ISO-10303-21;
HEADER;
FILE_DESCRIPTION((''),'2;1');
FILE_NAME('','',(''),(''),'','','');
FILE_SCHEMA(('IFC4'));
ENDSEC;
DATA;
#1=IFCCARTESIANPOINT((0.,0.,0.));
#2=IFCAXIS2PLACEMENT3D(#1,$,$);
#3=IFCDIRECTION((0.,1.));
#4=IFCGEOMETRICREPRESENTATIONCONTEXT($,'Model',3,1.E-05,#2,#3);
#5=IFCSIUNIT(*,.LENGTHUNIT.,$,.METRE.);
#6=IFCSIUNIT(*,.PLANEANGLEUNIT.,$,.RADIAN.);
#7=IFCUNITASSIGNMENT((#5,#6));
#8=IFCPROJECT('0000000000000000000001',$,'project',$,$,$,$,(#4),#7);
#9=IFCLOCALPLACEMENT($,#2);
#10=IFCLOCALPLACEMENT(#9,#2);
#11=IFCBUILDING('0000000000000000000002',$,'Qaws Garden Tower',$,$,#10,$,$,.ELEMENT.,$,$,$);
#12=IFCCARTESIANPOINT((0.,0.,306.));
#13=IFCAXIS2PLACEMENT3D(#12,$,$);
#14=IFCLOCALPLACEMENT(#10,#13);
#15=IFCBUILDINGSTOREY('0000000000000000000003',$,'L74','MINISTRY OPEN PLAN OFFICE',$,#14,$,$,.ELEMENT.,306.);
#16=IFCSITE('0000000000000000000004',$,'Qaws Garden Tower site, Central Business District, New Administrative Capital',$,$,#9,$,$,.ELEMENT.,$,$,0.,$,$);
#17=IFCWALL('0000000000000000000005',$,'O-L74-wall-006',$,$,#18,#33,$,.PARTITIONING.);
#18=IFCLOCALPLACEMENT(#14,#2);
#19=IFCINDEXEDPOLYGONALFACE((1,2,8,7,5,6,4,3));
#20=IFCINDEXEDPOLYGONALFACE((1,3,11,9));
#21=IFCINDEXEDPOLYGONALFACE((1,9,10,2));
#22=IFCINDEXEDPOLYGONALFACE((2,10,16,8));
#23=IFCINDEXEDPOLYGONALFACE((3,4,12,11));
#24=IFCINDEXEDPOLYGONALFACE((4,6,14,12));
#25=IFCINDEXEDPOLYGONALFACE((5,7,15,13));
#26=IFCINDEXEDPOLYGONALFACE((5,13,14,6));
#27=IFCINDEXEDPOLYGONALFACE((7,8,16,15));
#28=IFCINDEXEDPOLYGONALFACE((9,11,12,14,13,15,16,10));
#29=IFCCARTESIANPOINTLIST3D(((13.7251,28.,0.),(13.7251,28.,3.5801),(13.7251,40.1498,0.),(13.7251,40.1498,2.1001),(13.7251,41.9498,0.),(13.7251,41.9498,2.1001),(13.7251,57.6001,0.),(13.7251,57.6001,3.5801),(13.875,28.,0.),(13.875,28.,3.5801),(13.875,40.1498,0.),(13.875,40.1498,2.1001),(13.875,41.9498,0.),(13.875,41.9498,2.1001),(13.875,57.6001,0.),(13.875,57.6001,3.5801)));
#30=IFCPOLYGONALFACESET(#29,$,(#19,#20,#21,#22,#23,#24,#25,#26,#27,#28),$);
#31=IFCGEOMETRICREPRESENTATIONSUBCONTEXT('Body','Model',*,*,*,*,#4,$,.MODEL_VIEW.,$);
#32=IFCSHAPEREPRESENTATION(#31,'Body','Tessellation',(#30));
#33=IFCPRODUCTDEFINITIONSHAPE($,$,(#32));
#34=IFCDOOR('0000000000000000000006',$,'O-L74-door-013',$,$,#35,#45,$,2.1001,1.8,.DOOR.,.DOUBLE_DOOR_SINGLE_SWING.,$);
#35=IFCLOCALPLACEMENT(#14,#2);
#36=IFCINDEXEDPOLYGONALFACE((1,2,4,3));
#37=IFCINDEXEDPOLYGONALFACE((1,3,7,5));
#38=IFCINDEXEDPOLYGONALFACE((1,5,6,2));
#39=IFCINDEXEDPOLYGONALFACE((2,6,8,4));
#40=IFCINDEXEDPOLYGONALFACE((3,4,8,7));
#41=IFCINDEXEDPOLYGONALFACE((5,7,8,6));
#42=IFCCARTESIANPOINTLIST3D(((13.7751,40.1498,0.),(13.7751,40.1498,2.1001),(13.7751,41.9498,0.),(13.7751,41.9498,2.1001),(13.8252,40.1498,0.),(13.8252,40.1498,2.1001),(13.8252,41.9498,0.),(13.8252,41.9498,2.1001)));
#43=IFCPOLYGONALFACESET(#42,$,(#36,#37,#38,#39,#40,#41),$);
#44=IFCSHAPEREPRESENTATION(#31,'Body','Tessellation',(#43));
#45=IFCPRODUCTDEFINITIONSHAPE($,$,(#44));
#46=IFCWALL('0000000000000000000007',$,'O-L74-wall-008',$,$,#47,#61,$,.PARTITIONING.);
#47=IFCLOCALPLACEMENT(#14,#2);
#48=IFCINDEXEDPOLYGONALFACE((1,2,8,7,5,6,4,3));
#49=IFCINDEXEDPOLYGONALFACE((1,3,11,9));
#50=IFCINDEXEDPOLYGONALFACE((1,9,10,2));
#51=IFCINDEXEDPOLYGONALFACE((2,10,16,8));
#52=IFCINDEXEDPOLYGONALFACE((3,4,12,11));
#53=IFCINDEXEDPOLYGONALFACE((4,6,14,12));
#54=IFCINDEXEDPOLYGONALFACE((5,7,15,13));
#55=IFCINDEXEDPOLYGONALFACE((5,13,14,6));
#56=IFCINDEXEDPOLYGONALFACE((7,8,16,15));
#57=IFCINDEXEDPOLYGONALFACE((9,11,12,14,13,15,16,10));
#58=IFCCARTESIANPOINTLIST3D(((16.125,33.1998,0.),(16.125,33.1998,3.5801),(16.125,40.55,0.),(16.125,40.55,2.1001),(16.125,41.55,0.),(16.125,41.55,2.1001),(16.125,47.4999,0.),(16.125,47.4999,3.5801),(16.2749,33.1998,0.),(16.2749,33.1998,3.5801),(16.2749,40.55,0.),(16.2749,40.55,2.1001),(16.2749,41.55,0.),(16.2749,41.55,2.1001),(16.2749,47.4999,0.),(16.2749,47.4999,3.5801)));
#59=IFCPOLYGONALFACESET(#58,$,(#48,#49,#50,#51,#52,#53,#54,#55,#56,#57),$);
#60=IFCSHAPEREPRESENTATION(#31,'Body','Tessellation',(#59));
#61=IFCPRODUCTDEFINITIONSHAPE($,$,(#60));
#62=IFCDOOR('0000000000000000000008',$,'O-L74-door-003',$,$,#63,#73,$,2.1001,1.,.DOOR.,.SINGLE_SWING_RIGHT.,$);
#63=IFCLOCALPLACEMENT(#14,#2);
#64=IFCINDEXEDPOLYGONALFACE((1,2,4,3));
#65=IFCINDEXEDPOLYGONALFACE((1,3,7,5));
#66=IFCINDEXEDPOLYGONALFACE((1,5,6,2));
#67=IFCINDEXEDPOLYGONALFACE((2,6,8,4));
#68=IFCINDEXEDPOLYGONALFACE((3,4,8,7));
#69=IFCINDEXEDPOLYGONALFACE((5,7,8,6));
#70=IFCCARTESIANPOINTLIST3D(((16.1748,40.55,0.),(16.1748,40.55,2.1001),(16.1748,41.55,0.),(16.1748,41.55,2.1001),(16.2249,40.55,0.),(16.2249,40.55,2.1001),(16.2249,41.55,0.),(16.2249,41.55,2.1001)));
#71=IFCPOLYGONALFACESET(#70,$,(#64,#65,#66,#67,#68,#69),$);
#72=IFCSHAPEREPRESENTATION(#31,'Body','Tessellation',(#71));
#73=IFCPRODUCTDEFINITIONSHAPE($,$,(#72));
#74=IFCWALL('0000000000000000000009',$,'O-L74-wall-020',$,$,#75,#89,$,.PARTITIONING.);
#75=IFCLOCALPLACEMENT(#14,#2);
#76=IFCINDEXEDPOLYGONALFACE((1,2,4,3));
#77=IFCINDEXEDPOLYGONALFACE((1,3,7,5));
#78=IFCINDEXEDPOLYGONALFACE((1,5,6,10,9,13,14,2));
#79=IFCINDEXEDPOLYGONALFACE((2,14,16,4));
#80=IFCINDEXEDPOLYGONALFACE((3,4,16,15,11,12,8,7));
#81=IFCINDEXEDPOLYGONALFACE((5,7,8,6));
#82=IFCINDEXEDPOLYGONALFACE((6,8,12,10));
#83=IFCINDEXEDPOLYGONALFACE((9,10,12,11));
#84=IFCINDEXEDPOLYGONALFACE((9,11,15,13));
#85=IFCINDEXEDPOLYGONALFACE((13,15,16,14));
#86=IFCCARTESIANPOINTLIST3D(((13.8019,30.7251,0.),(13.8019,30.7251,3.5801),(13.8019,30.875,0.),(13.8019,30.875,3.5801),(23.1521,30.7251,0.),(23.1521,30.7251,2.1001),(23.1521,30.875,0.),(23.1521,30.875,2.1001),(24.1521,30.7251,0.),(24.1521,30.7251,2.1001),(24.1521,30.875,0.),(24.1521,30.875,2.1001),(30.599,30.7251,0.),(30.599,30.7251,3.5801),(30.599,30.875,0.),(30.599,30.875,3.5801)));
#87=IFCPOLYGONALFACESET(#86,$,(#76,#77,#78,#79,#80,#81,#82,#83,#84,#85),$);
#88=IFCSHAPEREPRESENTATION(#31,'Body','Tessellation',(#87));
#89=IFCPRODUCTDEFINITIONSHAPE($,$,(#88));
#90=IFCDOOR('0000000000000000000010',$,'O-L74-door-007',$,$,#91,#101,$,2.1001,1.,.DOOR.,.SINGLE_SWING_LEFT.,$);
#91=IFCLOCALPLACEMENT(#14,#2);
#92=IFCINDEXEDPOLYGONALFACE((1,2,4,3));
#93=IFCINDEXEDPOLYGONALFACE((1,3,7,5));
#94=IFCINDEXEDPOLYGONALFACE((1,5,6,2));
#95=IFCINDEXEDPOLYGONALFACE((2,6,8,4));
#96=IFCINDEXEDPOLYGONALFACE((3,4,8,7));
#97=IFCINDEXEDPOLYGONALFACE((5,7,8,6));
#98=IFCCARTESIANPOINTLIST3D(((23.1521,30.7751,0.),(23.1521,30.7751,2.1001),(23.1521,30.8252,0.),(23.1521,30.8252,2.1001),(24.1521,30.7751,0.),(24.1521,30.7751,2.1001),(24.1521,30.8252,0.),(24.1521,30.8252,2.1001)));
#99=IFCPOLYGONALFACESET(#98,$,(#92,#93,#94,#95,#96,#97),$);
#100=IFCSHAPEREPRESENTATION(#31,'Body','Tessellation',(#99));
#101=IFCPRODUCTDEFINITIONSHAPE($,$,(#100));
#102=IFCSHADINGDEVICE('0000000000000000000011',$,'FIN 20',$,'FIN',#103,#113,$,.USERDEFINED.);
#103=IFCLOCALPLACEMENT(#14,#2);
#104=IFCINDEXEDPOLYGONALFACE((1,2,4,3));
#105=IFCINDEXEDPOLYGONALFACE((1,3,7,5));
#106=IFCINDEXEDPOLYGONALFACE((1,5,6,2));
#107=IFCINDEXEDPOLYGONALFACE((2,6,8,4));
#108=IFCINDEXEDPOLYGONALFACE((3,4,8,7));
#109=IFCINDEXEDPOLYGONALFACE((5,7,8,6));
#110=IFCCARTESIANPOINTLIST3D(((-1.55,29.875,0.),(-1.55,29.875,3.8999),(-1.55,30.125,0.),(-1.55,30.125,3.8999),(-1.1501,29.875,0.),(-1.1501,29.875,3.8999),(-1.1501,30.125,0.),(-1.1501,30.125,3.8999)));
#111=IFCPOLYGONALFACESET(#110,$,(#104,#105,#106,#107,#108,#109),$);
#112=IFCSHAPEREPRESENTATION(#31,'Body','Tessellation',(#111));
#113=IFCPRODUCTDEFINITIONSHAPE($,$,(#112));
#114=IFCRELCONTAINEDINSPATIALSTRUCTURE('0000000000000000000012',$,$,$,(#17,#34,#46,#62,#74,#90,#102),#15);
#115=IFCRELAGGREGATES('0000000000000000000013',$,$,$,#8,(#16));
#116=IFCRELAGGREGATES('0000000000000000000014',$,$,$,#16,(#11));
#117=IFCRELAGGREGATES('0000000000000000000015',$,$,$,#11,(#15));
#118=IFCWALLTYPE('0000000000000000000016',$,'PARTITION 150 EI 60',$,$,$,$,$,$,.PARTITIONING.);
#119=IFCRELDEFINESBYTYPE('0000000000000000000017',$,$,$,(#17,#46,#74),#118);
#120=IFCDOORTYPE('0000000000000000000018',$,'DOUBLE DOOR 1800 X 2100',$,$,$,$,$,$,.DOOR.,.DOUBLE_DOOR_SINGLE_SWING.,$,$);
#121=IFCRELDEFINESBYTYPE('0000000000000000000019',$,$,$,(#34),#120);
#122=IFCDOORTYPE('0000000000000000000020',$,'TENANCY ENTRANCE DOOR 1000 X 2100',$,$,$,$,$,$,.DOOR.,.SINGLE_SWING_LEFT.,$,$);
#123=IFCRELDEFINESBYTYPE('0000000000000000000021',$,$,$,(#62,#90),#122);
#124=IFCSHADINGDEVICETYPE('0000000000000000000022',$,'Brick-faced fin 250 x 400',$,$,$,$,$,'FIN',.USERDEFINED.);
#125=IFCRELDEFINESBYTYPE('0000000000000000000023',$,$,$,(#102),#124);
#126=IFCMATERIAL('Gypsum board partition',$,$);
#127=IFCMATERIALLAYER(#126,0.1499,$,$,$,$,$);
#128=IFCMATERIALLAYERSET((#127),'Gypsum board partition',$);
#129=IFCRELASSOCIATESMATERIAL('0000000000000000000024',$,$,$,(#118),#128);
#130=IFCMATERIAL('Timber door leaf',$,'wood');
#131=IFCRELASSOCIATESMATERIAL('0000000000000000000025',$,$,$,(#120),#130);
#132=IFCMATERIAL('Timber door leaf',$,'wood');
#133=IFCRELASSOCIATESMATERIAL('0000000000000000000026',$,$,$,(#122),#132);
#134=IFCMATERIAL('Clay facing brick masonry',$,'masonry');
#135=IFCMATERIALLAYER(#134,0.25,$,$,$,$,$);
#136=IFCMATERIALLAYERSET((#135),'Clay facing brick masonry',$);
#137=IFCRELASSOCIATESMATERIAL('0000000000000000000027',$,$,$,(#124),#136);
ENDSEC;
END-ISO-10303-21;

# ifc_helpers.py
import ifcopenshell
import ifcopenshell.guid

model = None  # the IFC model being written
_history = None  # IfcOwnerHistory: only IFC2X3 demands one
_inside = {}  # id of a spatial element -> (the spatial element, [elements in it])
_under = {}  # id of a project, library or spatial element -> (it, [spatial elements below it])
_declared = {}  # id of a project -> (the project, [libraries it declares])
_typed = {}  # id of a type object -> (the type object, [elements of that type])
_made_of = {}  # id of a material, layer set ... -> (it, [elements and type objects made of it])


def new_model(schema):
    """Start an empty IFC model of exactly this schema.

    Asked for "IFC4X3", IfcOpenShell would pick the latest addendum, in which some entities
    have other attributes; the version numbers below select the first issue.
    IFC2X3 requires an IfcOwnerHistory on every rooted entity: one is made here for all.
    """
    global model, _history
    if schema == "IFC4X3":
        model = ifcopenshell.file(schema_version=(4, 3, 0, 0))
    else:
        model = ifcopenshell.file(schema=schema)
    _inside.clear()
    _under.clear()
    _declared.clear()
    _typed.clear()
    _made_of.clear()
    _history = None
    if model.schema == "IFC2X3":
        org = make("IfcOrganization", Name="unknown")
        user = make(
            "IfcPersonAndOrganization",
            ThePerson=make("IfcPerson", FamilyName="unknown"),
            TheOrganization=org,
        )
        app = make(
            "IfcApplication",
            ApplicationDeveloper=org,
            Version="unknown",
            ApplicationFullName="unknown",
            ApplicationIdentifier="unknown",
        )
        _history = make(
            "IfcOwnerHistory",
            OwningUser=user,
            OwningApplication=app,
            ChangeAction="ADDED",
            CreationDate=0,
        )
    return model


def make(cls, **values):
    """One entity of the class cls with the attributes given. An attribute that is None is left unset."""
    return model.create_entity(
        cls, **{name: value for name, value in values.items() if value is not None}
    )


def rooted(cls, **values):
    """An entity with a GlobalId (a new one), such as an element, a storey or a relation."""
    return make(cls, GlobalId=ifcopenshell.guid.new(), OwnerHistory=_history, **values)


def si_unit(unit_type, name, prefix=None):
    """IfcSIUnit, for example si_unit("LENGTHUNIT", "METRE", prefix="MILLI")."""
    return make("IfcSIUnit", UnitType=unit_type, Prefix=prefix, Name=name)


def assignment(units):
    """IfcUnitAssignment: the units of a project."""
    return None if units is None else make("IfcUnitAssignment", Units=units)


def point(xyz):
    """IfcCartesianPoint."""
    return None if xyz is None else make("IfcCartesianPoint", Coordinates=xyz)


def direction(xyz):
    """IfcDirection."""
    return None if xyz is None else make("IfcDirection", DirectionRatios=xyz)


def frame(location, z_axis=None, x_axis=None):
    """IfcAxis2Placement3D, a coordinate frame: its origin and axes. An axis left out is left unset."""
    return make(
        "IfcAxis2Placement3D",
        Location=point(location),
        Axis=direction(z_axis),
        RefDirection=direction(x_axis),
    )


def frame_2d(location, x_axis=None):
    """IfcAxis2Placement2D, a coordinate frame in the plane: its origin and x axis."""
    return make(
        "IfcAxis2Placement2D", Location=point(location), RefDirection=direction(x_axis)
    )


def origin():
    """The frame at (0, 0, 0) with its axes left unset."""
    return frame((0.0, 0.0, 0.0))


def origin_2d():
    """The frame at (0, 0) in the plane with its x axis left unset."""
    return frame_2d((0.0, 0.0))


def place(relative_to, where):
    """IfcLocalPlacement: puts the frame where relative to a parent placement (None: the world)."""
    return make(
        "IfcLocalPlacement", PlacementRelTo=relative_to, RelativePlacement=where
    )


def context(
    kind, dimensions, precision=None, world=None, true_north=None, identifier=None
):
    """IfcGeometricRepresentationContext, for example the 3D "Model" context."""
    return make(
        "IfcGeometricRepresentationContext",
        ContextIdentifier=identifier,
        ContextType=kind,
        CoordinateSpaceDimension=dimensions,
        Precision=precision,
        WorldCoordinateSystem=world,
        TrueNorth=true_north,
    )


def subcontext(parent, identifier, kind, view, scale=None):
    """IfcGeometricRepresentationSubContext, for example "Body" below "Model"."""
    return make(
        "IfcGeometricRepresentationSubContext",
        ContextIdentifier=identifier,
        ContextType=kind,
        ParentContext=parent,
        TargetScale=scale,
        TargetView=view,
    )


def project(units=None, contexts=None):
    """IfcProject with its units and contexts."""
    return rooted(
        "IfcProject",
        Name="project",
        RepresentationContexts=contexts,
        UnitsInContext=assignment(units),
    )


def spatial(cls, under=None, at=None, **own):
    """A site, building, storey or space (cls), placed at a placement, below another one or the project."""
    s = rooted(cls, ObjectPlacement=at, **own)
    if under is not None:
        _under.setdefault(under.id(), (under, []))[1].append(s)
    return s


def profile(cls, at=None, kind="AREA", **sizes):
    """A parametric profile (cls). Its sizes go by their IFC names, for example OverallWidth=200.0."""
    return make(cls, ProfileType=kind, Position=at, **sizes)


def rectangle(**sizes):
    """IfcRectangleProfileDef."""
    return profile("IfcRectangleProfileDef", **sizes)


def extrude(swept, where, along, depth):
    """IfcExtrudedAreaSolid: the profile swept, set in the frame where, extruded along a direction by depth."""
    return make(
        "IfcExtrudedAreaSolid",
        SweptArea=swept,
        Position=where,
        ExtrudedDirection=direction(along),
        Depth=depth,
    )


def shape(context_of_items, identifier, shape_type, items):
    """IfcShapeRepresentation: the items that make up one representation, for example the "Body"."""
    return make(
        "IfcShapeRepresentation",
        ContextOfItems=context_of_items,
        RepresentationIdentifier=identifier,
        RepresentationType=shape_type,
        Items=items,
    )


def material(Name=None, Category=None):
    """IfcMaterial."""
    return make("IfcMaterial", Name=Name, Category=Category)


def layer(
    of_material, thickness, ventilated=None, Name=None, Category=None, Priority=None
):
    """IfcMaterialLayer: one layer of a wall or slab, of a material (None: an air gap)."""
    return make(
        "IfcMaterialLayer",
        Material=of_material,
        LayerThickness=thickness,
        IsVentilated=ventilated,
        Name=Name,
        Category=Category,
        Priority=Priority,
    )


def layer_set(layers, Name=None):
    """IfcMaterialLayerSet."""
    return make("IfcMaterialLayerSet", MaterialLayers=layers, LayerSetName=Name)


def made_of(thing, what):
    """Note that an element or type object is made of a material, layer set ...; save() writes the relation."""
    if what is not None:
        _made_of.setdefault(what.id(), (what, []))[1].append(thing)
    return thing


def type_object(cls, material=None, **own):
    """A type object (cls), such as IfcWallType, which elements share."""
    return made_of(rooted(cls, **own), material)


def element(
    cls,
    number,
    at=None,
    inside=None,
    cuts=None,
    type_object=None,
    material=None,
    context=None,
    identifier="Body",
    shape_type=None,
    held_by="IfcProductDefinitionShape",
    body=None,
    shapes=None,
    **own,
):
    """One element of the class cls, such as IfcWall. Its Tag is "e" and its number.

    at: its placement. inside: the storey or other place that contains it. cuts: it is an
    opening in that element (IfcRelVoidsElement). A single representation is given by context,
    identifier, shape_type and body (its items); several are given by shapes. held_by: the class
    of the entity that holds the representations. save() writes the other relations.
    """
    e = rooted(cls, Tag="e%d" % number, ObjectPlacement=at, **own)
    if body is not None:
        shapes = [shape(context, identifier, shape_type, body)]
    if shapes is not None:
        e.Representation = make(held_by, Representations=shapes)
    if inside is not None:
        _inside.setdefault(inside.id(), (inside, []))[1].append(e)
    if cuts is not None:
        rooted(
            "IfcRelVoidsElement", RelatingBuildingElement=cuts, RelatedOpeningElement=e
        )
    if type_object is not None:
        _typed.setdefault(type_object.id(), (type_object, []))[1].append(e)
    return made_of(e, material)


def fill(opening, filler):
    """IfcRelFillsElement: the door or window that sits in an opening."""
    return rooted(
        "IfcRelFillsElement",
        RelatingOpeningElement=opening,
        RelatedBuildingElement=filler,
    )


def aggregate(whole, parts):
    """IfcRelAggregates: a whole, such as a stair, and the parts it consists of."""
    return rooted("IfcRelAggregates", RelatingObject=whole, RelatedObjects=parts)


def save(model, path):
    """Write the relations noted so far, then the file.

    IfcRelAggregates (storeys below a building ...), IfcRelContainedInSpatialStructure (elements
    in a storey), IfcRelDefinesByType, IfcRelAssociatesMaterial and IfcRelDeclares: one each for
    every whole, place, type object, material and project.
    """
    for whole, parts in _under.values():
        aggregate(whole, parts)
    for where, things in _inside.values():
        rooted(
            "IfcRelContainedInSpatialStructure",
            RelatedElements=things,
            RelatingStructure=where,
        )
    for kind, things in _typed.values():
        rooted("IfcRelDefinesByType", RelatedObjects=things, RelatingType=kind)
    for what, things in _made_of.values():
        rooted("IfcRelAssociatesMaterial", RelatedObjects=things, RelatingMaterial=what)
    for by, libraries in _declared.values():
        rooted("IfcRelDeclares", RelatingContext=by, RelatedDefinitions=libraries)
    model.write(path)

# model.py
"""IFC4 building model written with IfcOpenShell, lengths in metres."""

from ifc_helpers import new_model, si_unit, direction, frame, frame_2d, origin, origin_2d, place, context, subcontext, project, spatial, rectangle, extrude, material, layer, layer_set, type_object, element, fill, save


model = new_model("IFC4")

# Units and contexts
model_context = context("Model", 3, precision=1e-05, world=origin(), true_north=direction((0.0, 1.0)))
body_context = subcontext(model_context, "Body", "Model", "MODEL_VIEW")
ifc_project = project(units=[si_unit("LENGTHUNIT", "METRE"), si_unit("PLANEANGLEUNIT", "RADIAN")], contexts=[model_context])

# Site, building, storey
site_placement = place(None, origin())
site = spatial("IfcSite", under=ifc_project, at=site_placement, Name="Qaws Garden Tower site, Central Business District, New Administrative Capital", CompositionType="ELEMENT", RefElevation=0.0)
building_placement = place(site_placement, origin())
building = spatial("IfcBuilding", under=site, at=building_placement, Name="Qaws Garden Tower", CompositionType="ELEMENT")
storey_placement = place(building_placement, frame((0.0, 0.0, 306.0)))
storey = spatial("IfcBuildingStorey", under=building, at=storey_placement, Name="L74", Description="MINISTRY OPEN PLAN OFFICE", CompositionType="ELEMENT", Elevation=306.0)

# Shared definitions
ifc_material_1 = material(Name="Gypsum board partition")
ifc_layer_1 = layer(ifc_material_1, 0.1499)
ifc_layer_set_1 = layer_set([ifc_layer_1], Name="Gypsum board partition")
wall_type_1 = type_object("IfcWallType", Name="PARTITION 150 EI 60", PredefinedType="PARTITIONING", material=ifc_layer_set_1)

# Walls, openings, doors
wall_1_placement = place(storey_placement, frame((13.8, 28.0, 0.0), z_axis=(0.0, 0.0, 1.0), x_axis=(0.0, 1.0, 0.0)))
wall_1 = element("IfcWall", 1, at=wall_1_placement, inside=storey, type_object=wall_type_1, Name="O-L74-wall-006", PredefinedType="PARTITIONING", context=body_context, shape_type="SweptSolid", body=[
    extrude(rectangle(XDim=29.6001, YDim=0.1499, at=frame_2d((14.8, 0.0))), origin(), (0.0, 0.0, 1.0), 3.5801),
])
opening_1_placement = place(wall_1_placement, frame((12.1499, 0.0, 0.0)))
opening_1 = element("IfcOpeningElement", 2, at=opening_1_placement, cuts=wall_1, PredefinedType="OPENING", context=body_context, shape_type="SweptSolid", body=[
    extrude(rectangle(XDim=1.8, YDim=2.1001, at=frame_2d((0.8999, 1.05))), frame((0.0, 0.085, 0.0), z_axis=(0.0, -1.0, 0.0), x_axis=(1.0, 0.0, 0.0)), (0.0, 0.0, 1.0), 0.1699),
])
ifc_material_2 = material(Name="Timber door leaf", Category="wood")
door_type_1 = type_object("IfcDoorType", Name="DOUBLE DOOR 1800 X 2100", OperationType="DOUBLE_DOOR_SINGLE_SWING", PredefinedType="DOOR", material=ifc_material_2)
door_1_placement = place(opening_1_placement, origin())
door_1 = element("IfcDoor", 3, at=door_1_placement, inside=storey, type_object=door_type_1, Name="O-L74-door-013", OperationType="DOUBLE_DOOR_SINGLE_SWING", OverallHeight=2.1001, OverallWidth=1.8, PredefinedType="DOOR", context=body_context, shape_type="SweptSolid", body=[
    extrude(rectangle(XDim=1.8, YDim=2.1001, at=frame_2d((0.8999, 1.05))), frame((0.0, 0.0249, 0.0), z_axis=(0.0, -1.0, 0.0), x_axis=(1.0, 0.0, 0.0)), (0.0, 0.0, 1.0), 0.05),
])
fill(opening_1, door_1)
wall_2_placement = place(storey_placement, frame((16.2, 33.2, 0.0), z_axis=(0.0, 0.0, 1.0), x_axis=(0.0, 1.0, 0.0)))
wall_2 = element("IfcWall", 4, at=wall_2_placement, inside=storey, type_object=wall_type_1, Name="O-L74-wall-008", PredefinedType="PARTITIONING", context=body_context, shape_type="SweptSolid", body=[
    extrude(rectangle(XDim=14.3, YDim=0.1499, at=frame_2d((7.1499, 0.0))), origin(), (0.0, 0.0, 1.0), 3.5801),
])
opening_2_placement = place(wall_2_placement, frame((7.3501, 0.0, 0.0)))
opening_2 = element("IfcOpeningElement", 5, at=opening_2_placement, cuts=wall_2, PredefinedType="OPENING", context=body_context, shape_type="SweptSolid", body=[
    extrude(rectangle(XDim=1.0, YDim=2.1001, at=frame_2d((0.5, 1.05))), frame((0.0, 0.085, 0.0), z_axis=(0.0, -1.0, 0.0), x_axis=(1.0, 0.0, 0.0)), (0.0, 0.0, 1.0), 0.1699),
])
ifc_material_3 = material(Name="Timber door leaf", Category="wood")
door_type_2 = type_object("IfcDoorType", Name="TENANCY ENTRANCE DOOR 1000 X 2100", OperationType="SINGLE_SWING_LEFT", PredefinedType="DOOR", material=ifc_material_3)
door_2_placement = place(opening_2_placement, frame((1.0, 0.0, 0.0), z_axis=(0.0, 0.0, 1.0), x_axis=(-1.0, 0.0, 0.0)))
door_2 = element("IfcDoor", 6, at=door_2_placement, inside=storey, type_object=door_type_2, Name="O-L74-door-003", OperationType="SINGLE_SWING_RIGHT", OverallHeight=2.1001, OverallWidth=1.0, PredefinedType="DOOR", context=body_context, shape_type="SweptSolid", body=[
    extrude(rectangle(XDim=1.0, YDim=2.1001, at=frame_2d((0.5, 1.05))), frame((0.0, 0.0249, 0.0), z_axis=(0.0, -1.0, 0.0), x_axis=(1.0, 0.0, 0.0)), (0.0, 0.0, 1.0), 0.05),
])
fill(opening_2, door_2)
wall_3_placement = place(storey_placement, frame((13.802, 30.8, 0.0), z_axis=(0.0, 0.0, 1.0), x_axis=(1.0, 0.0, 0.0)))
wall_3 = element("IfcWall", 7, at=wall_3_placement, inside=storey, type_object=wall_type_1, Name="O-L74-wall-020", PredefinedType="PARTITIONING", context=body_context, shape_type="SweptSolid", body=[
    extrude(rectangle(XDim=16.7971, YDim=0.1499, at=frame_2d((8.3984, 0.0))), origin(), (0.0, 0.0, 1.0), 3.5801),
])
opening_3_placement = place(wall_3_placement, frame((9.3501, 0.0, 0.0)))
opening_3 = element("IfcOpeningElement", 8, at=opening_3_placement, cuts=wall_3, PredefinedType="OPENING", context=body_context, shape_type="SweptSolid", body=[
    extrude(rectangle(XDim=1.0, YDim=2.1001, at=frame_2d((0.5, 1.05))), frame((0.0, 0.085, 0.0), z_axis=(0.0, -1.0, 0.0), x_axis=(1.0, 0.0, 0.0)), (0.0, 0.0, 1.0), 0.1699),
])
door_3_placement = place(opening_3_placement, frame((1.0, 0.0, 0.0), z_axis=(0.0, 0.0, 1.0), x_axis=(-1.0, 0.0, 0.0)))
door_3 = element("IfcDoor", 9, at=door_3_placement, inside=storey, type_object=door_type_2, Name="O-L74-door-007", OperationType="SINGLE_SWING_LEFT", OverallHeight=2.1001, OverallWidth=1.0, PredefinedType="DOOR", context=body_context, shape_type="SweptSolid", body=[
    extrude(rectangle(XDim=1.0, YDim=2.1001, at=frame_2d((0.5, 1.05))), frame((0.0, 0.0249, 0.0), z_axis=(0.0, -1.0, 0.0), x_axis=(1.0, 0.0, 0.0)), (0.0, 0.0, 1.0), 0.05),
])
fill(opening_3, door_3)

# Shading device
ifc_material_4 = material(Name="Clay facing brick masonry", Category="masonry")
ifc_layer_2 = layer(ifc_material_4, 0.25)
ifc_layer_set_2 = layer_set([ifc_layer_2], Name="Clay facing brick masonry")
shading_device_type = type_object("IfcShadingDeviceType", Name="Brick-faced fin 250 x 400", ElementType="FIN", PredefinedType="USERDEFINED", material=ifc_layer_set_2)
shading_device_placement = place(storey_placement, frame((-1.3501, 30.0, 0.0), z_axis=(0.0, 0.0, 1.0), x_axis=(0.0, -1.0, 0.0)))
element("IfcShadingDevice", 10, at=shading_device_placement, inside=storey, type_object=shading_device_type, Name="FIN 20", ObjectType="FIN", PredefinedType="USERDEFINED", context=body_context, shape_type="SweptSolid", body=[
    extrude(rectangle(XDim=0.25, YDim=0.3999, at=origin_2d()), origin(), (0.0, 0.0, 1.0), 3.8999),
])

save(model, "model.ifc")
